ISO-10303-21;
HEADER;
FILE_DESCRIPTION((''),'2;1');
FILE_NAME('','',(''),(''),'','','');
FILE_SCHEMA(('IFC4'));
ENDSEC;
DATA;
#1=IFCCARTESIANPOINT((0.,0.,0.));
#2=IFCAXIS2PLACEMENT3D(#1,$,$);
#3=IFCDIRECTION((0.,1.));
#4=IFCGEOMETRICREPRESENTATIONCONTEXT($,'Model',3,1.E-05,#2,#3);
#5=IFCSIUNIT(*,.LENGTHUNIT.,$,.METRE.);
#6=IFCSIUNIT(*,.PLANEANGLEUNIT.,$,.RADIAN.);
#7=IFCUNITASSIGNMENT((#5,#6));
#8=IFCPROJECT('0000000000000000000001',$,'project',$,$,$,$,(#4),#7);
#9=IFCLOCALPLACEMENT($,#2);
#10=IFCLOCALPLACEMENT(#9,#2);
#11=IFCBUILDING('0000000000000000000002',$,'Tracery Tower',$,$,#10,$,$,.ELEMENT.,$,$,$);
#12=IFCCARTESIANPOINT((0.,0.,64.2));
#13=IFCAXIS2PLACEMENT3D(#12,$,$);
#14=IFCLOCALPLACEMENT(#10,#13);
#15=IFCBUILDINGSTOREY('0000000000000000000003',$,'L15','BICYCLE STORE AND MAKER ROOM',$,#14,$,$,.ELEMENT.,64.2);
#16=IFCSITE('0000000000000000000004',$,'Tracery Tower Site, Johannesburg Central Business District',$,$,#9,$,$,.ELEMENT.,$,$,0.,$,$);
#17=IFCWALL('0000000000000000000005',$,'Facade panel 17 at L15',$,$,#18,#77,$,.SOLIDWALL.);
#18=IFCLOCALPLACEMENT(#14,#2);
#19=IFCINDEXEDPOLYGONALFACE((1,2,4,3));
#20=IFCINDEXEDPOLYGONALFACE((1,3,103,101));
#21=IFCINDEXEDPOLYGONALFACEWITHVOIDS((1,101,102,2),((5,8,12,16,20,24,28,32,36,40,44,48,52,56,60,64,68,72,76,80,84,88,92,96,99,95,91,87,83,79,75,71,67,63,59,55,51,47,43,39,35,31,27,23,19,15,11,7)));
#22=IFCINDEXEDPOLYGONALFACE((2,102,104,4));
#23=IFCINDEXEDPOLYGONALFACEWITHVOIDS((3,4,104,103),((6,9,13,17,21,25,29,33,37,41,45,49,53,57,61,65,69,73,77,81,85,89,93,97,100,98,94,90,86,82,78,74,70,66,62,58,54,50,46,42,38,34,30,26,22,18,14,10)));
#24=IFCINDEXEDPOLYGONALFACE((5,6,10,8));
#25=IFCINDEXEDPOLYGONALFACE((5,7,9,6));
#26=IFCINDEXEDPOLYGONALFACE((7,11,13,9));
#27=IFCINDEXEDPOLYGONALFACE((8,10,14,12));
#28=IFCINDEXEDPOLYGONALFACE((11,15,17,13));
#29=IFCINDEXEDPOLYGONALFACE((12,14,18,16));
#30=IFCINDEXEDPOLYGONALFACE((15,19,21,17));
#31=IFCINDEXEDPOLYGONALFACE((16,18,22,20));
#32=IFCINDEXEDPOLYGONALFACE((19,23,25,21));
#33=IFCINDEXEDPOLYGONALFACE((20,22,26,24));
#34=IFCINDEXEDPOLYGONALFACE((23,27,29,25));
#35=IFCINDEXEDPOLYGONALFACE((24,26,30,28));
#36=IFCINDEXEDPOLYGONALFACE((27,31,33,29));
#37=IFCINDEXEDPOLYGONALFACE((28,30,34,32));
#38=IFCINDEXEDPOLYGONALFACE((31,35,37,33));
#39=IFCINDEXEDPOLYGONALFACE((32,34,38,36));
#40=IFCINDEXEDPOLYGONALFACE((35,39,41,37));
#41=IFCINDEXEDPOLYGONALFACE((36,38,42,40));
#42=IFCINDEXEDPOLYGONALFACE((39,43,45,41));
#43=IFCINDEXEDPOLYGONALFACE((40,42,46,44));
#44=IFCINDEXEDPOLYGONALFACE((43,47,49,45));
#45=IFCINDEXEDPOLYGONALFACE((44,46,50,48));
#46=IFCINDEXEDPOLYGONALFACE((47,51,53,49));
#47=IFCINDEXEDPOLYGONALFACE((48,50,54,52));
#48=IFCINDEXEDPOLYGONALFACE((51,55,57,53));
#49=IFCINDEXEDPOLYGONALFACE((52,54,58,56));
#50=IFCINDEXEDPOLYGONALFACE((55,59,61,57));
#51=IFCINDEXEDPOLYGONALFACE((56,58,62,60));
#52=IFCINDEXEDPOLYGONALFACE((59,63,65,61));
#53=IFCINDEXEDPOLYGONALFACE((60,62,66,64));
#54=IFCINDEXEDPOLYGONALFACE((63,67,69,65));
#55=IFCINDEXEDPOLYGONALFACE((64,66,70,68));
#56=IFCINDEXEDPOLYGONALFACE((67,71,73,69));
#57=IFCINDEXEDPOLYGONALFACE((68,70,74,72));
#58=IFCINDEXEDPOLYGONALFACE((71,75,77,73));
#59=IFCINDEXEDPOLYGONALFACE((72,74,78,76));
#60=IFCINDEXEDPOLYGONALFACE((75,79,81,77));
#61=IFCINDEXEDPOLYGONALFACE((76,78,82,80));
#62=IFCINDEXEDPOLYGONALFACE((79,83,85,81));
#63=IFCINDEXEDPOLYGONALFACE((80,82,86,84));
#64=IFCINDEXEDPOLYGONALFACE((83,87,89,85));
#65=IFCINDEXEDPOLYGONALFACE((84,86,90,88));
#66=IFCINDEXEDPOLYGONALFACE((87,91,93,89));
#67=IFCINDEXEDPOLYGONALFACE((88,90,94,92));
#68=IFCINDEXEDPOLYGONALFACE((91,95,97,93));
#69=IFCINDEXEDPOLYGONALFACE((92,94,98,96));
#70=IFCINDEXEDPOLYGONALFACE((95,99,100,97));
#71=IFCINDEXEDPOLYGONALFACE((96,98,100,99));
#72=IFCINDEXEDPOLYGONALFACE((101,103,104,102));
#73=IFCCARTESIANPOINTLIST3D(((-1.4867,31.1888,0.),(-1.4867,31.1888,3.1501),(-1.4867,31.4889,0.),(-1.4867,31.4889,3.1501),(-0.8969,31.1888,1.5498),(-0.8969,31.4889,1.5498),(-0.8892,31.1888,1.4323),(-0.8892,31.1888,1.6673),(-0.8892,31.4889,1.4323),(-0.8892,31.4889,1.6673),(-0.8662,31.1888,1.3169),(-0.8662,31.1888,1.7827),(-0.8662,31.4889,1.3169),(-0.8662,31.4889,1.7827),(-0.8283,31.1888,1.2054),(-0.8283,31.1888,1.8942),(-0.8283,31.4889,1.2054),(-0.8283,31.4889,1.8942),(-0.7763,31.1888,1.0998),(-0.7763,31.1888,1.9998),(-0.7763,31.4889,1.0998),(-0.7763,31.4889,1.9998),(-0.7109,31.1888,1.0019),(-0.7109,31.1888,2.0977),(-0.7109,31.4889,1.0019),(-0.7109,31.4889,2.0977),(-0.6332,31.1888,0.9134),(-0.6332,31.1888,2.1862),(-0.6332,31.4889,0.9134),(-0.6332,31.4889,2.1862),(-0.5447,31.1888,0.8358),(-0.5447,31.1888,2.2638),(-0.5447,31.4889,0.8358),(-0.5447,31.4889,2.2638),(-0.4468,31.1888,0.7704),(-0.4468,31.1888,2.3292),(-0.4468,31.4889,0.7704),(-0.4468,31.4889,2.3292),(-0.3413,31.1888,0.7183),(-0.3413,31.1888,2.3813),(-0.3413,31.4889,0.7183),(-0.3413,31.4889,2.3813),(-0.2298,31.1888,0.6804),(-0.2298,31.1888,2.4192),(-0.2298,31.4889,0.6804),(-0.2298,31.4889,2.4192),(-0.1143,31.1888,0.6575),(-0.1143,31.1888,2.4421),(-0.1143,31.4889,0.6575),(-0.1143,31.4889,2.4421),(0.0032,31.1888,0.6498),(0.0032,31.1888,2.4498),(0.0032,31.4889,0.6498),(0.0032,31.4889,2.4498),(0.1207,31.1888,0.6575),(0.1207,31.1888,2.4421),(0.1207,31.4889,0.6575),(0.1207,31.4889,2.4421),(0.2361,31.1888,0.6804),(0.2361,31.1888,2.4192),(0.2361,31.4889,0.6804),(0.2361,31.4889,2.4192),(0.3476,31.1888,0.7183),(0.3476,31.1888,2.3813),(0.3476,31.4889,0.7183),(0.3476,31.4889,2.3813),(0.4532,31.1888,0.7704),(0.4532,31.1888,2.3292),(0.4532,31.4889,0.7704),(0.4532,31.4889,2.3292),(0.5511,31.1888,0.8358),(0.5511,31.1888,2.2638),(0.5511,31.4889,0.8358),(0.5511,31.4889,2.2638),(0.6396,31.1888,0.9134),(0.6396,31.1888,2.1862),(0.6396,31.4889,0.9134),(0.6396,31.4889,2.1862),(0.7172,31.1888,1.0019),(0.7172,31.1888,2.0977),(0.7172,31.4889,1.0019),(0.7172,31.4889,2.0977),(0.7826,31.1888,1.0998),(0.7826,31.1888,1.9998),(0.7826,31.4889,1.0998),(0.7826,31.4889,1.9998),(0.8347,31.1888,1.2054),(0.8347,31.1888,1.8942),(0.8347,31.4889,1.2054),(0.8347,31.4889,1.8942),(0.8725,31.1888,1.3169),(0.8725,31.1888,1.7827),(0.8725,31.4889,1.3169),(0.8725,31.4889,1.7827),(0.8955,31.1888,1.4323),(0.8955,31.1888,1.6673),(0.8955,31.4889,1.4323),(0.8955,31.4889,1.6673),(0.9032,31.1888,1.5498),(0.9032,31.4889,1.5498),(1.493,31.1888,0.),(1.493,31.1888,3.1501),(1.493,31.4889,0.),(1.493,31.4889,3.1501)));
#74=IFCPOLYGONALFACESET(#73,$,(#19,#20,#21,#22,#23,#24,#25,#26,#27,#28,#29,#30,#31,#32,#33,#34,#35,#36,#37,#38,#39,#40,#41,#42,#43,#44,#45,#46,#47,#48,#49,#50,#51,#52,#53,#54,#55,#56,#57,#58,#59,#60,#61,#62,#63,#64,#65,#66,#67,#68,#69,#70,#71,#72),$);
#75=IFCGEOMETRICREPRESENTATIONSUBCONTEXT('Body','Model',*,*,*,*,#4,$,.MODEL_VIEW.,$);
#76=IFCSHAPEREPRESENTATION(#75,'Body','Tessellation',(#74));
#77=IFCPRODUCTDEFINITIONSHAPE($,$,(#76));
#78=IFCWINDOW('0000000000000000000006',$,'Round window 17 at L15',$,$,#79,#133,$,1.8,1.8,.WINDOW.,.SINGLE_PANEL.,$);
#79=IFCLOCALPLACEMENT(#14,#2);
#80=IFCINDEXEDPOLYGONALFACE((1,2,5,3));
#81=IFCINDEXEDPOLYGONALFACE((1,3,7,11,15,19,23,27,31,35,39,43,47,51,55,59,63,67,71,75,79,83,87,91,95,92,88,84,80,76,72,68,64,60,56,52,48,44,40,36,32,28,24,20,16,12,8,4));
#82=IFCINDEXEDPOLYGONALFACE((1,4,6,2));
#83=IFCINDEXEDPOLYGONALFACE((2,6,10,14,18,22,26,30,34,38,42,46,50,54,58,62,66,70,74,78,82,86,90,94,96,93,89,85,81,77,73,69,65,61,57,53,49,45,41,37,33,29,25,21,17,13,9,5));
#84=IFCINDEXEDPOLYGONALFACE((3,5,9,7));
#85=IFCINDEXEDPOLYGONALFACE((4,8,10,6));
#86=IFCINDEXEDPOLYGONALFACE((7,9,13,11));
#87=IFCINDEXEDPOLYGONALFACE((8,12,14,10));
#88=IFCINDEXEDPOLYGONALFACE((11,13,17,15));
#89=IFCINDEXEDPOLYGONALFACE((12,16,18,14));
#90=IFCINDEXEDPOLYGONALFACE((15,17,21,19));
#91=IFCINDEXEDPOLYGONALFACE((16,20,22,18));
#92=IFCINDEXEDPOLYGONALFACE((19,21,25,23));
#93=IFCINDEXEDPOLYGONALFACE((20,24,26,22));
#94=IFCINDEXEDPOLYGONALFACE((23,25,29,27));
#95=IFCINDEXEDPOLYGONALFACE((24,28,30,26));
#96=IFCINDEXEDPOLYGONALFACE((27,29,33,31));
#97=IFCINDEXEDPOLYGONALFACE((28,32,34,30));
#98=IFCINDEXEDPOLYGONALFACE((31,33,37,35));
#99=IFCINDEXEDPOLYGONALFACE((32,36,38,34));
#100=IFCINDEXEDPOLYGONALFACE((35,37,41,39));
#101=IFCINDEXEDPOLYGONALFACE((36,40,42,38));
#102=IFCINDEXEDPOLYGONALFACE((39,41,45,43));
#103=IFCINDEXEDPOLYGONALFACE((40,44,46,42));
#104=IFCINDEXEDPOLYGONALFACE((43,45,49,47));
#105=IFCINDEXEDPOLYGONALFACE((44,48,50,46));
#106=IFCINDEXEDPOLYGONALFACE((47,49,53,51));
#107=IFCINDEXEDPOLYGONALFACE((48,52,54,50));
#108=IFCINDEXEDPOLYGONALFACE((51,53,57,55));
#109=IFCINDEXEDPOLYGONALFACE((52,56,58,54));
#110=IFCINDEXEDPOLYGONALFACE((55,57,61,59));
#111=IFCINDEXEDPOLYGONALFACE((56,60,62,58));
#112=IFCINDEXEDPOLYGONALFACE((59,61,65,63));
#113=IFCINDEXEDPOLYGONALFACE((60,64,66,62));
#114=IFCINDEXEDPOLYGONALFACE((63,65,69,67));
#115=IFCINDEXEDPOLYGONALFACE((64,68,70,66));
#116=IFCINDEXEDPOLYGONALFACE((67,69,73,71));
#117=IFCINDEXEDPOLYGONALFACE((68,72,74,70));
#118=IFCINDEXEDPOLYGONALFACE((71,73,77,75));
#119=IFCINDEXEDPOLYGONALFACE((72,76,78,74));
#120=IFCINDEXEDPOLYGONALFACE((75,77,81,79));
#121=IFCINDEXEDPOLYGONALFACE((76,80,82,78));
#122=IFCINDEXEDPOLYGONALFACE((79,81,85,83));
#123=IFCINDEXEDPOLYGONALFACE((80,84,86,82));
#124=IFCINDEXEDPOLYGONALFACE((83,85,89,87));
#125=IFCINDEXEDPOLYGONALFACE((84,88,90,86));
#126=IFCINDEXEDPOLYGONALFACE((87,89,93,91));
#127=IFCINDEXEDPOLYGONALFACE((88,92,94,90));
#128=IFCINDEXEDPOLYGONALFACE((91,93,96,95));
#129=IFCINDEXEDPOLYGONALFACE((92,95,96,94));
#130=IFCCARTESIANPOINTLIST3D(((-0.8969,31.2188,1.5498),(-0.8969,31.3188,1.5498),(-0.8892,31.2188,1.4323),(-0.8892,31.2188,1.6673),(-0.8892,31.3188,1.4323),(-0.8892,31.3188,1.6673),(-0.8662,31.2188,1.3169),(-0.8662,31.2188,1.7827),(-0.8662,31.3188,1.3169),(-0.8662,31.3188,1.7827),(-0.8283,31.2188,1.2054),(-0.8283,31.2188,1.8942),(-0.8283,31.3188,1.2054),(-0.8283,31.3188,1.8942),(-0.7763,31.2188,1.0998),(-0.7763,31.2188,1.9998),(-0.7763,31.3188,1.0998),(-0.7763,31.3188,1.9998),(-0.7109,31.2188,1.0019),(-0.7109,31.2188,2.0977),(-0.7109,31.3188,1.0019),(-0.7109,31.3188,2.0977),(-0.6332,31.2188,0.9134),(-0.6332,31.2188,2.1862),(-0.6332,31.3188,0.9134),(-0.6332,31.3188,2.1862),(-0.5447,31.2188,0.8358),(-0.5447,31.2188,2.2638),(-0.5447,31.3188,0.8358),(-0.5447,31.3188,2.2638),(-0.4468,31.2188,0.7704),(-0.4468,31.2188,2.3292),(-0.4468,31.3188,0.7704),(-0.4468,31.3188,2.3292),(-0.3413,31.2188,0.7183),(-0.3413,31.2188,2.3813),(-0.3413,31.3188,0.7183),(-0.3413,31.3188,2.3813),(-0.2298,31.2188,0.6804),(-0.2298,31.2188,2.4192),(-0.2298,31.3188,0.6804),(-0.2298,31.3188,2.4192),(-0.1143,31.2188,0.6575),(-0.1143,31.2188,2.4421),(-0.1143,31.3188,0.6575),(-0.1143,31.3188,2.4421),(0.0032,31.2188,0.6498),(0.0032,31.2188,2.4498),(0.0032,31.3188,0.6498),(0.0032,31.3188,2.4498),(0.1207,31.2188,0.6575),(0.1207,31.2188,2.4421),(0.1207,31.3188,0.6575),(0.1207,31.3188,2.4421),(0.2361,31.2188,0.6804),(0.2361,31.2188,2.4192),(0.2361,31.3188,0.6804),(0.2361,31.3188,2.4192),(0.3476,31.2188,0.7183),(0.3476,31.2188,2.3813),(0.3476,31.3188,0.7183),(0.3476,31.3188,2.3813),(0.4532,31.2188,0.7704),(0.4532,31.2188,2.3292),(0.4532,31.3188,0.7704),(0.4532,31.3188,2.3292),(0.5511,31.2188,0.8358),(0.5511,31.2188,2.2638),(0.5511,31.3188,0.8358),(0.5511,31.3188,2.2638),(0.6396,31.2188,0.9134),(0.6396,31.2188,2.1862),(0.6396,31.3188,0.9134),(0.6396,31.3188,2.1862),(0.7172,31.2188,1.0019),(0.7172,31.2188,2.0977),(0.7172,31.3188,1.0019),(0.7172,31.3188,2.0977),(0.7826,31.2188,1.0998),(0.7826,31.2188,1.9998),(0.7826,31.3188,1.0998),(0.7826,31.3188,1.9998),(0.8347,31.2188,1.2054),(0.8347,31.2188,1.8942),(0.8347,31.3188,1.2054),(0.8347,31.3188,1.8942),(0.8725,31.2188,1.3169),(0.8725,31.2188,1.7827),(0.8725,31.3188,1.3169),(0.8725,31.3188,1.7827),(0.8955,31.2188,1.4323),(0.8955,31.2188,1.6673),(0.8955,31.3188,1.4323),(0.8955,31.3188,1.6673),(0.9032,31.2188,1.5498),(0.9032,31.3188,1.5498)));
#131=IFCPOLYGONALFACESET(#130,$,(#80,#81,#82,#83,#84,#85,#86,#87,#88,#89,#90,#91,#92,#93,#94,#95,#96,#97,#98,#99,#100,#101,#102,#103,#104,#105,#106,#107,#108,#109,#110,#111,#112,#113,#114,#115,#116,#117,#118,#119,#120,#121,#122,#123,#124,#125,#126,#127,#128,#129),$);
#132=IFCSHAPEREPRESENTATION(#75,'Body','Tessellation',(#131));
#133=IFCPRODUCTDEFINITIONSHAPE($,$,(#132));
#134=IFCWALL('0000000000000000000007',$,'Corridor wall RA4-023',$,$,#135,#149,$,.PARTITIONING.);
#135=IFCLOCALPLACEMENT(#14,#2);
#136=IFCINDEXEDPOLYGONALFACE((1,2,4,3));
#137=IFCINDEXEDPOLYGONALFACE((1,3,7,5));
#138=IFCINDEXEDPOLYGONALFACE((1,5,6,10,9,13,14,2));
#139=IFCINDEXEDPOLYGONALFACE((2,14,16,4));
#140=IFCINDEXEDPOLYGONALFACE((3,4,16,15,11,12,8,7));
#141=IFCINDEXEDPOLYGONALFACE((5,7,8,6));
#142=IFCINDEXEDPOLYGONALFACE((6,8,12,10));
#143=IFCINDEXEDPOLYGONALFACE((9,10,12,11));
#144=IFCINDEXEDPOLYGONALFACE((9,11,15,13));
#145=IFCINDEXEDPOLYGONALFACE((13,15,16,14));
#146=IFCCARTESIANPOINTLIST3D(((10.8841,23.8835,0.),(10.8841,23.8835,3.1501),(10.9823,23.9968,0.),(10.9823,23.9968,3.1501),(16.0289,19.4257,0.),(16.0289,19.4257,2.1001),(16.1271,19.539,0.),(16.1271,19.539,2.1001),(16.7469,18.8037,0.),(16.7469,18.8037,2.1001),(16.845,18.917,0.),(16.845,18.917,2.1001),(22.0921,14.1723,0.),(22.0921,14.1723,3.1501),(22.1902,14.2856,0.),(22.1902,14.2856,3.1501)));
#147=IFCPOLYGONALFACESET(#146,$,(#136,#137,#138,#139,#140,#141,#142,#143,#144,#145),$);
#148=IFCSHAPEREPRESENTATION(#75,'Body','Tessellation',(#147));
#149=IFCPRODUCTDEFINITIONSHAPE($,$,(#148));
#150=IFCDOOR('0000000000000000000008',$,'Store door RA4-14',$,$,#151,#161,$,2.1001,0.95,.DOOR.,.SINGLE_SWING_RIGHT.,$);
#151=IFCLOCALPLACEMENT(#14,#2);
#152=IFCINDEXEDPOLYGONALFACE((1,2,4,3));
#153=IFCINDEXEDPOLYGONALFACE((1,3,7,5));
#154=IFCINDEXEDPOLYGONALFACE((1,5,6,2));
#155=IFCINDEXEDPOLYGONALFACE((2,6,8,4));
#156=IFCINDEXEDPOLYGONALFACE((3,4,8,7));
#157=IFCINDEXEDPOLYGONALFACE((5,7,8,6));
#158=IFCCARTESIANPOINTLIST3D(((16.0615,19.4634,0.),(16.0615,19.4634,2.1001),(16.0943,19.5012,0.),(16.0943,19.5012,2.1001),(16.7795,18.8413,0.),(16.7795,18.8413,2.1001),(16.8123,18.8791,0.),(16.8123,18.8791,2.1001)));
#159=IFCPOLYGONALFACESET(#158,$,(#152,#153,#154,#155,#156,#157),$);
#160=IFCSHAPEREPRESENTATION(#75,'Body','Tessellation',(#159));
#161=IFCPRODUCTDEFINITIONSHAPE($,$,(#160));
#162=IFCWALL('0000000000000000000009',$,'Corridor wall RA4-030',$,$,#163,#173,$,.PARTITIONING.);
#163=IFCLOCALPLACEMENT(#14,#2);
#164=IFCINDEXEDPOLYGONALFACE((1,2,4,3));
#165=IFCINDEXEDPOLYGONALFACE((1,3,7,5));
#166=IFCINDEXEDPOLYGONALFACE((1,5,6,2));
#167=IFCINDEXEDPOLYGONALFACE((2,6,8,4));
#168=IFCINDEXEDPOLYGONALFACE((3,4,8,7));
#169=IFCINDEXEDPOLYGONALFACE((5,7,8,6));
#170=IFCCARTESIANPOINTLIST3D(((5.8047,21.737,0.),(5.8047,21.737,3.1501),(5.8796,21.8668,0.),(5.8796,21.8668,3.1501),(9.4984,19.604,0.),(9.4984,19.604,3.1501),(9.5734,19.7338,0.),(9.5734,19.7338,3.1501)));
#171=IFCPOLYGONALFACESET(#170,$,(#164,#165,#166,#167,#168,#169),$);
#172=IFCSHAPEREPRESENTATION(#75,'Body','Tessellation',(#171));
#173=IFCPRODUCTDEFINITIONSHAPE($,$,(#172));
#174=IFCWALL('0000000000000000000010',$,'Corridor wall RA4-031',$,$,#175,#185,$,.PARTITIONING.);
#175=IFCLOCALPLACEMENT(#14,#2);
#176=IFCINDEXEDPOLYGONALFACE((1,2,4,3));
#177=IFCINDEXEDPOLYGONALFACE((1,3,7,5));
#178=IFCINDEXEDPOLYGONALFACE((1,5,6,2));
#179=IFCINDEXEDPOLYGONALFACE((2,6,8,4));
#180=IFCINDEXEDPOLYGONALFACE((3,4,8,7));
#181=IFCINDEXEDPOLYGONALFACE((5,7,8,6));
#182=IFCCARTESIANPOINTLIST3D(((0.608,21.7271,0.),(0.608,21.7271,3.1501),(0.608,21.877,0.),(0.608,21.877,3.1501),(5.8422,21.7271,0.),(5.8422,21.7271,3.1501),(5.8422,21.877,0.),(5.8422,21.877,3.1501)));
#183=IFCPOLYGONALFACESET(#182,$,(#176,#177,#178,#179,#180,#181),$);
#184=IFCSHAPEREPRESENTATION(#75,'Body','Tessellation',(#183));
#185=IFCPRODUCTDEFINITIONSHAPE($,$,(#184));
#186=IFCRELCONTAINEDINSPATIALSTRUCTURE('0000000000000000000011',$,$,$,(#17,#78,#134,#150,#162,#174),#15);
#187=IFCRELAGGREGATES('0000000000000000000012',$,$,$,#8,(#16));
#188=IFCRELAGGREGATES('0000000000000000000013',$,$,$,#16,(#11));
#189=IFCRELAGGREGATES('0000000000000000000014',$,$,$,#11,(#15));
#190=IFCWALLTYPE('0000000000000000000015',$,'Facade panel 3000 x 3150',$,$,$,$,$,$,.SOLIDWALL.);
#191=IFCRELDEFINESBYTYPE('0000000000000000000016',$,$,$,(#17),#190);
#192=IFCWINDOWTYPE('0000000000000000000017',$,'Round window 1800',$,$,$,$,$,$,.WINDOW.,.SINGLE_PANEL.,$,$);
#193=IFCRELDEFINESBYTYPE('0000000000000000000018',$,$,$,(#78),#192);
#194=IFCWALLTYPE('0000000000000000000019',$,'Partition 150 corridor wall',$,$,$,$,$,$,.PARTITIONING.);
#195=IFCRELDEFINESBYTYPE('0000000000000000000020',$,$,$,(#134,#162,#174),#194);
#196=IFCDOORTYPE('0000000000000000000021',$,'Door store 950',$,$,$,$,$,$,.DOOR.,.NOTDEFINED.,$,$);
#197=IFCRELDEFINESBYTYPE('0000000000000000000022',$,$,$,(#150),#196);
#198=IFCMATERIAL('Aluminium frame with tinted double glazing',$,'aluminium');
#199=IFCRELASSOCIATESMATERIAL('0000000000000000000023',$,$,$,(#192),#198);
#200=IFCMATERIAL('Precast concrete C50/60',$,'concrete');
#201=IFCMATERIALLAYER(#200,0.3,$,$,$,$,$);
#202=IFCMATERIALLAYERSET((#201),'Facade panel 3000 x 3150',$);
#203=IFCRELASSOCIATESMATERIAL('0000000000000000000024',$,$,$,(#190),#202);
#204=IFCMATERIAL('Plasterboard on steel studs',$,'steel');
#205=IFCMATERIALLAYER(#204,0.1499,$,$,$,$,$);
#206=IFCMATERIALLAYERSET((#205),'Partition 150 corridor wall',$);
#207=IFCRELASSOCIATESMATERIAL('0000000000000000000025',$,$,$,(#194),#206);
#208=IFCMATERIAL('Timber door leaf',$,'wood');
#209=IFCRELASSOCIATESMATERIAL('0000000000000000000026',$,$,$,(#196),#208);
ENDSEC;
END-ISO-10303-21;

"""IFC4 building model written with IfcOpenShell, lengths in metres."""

from ifc_helpers import new_model, si_unit, direction, frame, frame_2d, origin, origin_2d, place, context, subcontext, project, spatial, rectangle, circle, extrude, material, layer, layer_set, type_object, element, fill, save


model = new_model("IFC4")

# Units and contexts
model_context = context("Model", 3, precision=1e-05, world=origin(), true_north=direction((0.0, 1.0)))
body_context = subcontext(model_context, "Body", "Model", "MODEL_VIEW")
ifc_project = project(units=[si_unit("LENGTHUNIT", "METRE"), si_unit("PLANEANGLEUNIT", "RADIAN")], contexts=[model_context])

# Site, building, storey
site_placement = place(None, origin())
site = spatial("IfcSite", under=ifc_project, at=site_placement, Name="Tracery Tower Site, Johannesburg Central Business District", CompositionType="ELEMENT", RefElevation=0.0)
building_placement = place(site_placement, origin())
building = spatial("IfcBuilding", under=site, at=building_placement, Name="Tracery Tower", CompositionType="ELEMENT")
storey_placement = place(building_placement, frame((0.0, 0.0, 64.2)))
storey = spatial("IfcBuildingStorey", under=building, at=storey_placement, Name="L15", Description="BICYCLE STORE AND MAKER ROOM", CompositionType="ELEMENT", Elevation=64.2)

# Wall, opening, window
ifc_material_1 = material(Name="Aluminium frame with tinted double glazing", Category="aluminium")
window_type = type_object("IfcWindowType", Name="Round window 1800", PartitioningType="SINGLE_PANEL", PredefinedType="WINDOW", material=ifc_material_1)
ifc_material_2 = material(Name="Precast concrete C50/60", Category="concrete")
ifc_layer_1 = layer(ifc_material_2, 0.3)
ifc_layer_set_1 = layer_set([ifc_layer_1], Name="Facade panel 3000 x 3150")
wall_type_1 = type_object("IfcWallType", Name="Facade panel 3000 x 3150", PredefinedType="SOLIDWALL", material=ifc_layer_set_1)
wall_1_placement = place(storey_placement, frame((1.4929, 31.3389, 0.0), z_axis=(0.0, 0.0, 1.0), x_axis=(-1.0, 0.0, 0.0)))
wall_1 = element("IfcWall", 1, at=wall_1_placement, inside=storey, type_object=wall_type_1, Name="Facade panel 17 at L15", PredefinedType="SOLIDWALL", context=body_context, shape_type="SweptSolid", body=[
    extrude(rectangle(XDim=2.9797, YDim=0.3, at=frame_2d((1.4897, 0.0))), origin(), (0.0, 0.0, 1.0), 3.1501),
])
opening_1_placement = place(wall_1_placement, frame((1.4897, 0.0, 1.5498)))
opening_1 = element("IfcOpeningElement", 2, at=opening_1_placement, cuts=wall_1, PredefinedType="OPENING", context=body_context, shape_type="SweptSolid", body=[
    extrude(circle(Radius=0.9, at=origin_2d()), frame((0.0, 0.1599, 0.0), z_axis=(0.0, -1.0, 0.0), x_axis=(1.0, 0.0, 0.0)), (0.0, 0.0, 1.0), 0.3201),
])
window_1_placement = place(opening_1_placement, origin())
window_1 = element("IfcWindow", 3, at=window_1_placement, inside=storey, type_object=window_type, Name="Round window 17 at L15", OverallHeight=1.8, OverallWidth=1.8, PartitioningType="SINGLE_PANEL", PredefinedType="WINDOW", context=body_context, shape_type="SweptSolid", body=[
    extrude(circle(Radius=0.9, at=origin_2d()), frame((0.0, 0.1201, 0.0), z_axis=(0.0, -1.0, 0.0), x_axis=(1.0, 0.0, 0.0)), (0.0, 0.0, 1.0), 0.1001),
])
fill(opening_1, window_1)

# Wall, opening, door
ifc_material_3 = material(Name="Plasterboard on steel studs", Category="steel")
ifc_layer_2 = layer(ifc_material_3, 0.1499)
ifc_layer_set_2 = layer_set([ifc_layer_2], Name="Partition 150 corridor wall")
wall_type_2 = type_object("IfcWallType", Name="Partition 150 corridor wall", PredefinedType="PARTITIONING", material=ifc_layer_set_2)
wall_2_placement = place(storey_placement, frame((10.9331, 23.9402, 0.0), z_axis=(0.0, 0.0, 1.0), x_axis=(0.75577, -0.654837, 0.0)))
wall_2 = element("IfcWall", 4, at=wall_2_placement, inside=storey, type_object=wall_type_2, Name="Corridor wall RA4-023", PredefinedType="PARTITIONING", context=body_context, shape_type="SweptSolid", body=[
    extrude(rectangle(XDim=14.8298, YDim=0.1499, at=frame_2d((7.415, 0.0))), origin(), (0.0, 0.0, 1.0), 3.1501),
])
opening_2_placement = place(wall_2_placement, frame((6.8074, 0.0, 0.0)))
opening_2 = element("IfcOpeningElement", 5, at=opening_2_placement, cuts=wall_2, PredefinedType="OPENING", context=body_context, shape_type="SweptSolid", body=[
    extrude(rectangle(XDim=0.95, YDim=2.1001, at=frame_2d((0.4751, 1.05))), frame((0.0, 0.075, 0.0), z_axis=(0.0, -1.0, 0.0), x_axis=(1.0, 0.0, 0.0)), (0.0, 0.0, 1.0), 0.1499),
])
ifc_material_4 = material(Name="Timber door leaf", Category="wood")
door_type = type_object("IfcDoorType", Name="Door store 950", OperationType="NOTDEFINED", PredefinedType="DOOR", material=ifc_material_4)
door_placement = place(opening_2_placement, origin())
door = element("IfcDoor", 6, at=door_placement, inside=storey, type_object=door_type, Name="Store door RA4-14", OperationType="SINGLE_SWING_RIGHT", OverallHeight=2.1001, OverallWidth=0.95, PredefinedType="DOOR", context=body_context, shape_type="SweptSolid", body=[
    extrude(rectangle(XDim=0.95, YDim=2.1001, at=frame_2d((0.4751, 1.05))), frame((0.0, 0.0249, 0.0), z_axis=(0.0, -1.0, 0.0), x_axis=(1.0, 0.0, 0.0)), (0.0, 0.0, 1.0), 0.05),
])
fill(opening_2, door)

# Walls
wall_3_placement = place(storey_placement, frame((5.842, 21.802, 0.0), z_axis=(0.0, 0.0, 1.0), x_axis=(0.865984, -0.500073, 0.0)))
element("IfcWall", 7, at=wall_3_placement, inside=storey, type_object=wall_type_2, Name="Corridor wall RA4-030", PredefinedType="PARTITIONING", context=body_context, shape_type="SweptSolid", body=[
    extrude(rectangle(XDim=4.2654, YDim=0.1499, at=frame_2d((2.1328, 0.0))), origin(), (0.0, 0.0, 1.0), 3.1501),
])
wall_4_placement = place(storey_placement, frame((0.6079, 21.802, 0.0), z_axis=(0.0, 0.0, 1.0), x_axis=(1.0, 0.0, 0.0)))
element("IfcWall", 8, at=wall_4_placement, inside=storey, type_object=wall_type_2, Name="Corridor wall RA4-031", PredefinedType="PARTITIONING", context=body_context, shape_type="SweptSolid", body=[
    extrude(rectangle(XDim=5.2341, YDim=0.1499, at=frame_2d((2.6172, 0.0))), origin(), (0.0, 0.0, 1.0), 3.1501),
])

save(model, "model.ifc")
